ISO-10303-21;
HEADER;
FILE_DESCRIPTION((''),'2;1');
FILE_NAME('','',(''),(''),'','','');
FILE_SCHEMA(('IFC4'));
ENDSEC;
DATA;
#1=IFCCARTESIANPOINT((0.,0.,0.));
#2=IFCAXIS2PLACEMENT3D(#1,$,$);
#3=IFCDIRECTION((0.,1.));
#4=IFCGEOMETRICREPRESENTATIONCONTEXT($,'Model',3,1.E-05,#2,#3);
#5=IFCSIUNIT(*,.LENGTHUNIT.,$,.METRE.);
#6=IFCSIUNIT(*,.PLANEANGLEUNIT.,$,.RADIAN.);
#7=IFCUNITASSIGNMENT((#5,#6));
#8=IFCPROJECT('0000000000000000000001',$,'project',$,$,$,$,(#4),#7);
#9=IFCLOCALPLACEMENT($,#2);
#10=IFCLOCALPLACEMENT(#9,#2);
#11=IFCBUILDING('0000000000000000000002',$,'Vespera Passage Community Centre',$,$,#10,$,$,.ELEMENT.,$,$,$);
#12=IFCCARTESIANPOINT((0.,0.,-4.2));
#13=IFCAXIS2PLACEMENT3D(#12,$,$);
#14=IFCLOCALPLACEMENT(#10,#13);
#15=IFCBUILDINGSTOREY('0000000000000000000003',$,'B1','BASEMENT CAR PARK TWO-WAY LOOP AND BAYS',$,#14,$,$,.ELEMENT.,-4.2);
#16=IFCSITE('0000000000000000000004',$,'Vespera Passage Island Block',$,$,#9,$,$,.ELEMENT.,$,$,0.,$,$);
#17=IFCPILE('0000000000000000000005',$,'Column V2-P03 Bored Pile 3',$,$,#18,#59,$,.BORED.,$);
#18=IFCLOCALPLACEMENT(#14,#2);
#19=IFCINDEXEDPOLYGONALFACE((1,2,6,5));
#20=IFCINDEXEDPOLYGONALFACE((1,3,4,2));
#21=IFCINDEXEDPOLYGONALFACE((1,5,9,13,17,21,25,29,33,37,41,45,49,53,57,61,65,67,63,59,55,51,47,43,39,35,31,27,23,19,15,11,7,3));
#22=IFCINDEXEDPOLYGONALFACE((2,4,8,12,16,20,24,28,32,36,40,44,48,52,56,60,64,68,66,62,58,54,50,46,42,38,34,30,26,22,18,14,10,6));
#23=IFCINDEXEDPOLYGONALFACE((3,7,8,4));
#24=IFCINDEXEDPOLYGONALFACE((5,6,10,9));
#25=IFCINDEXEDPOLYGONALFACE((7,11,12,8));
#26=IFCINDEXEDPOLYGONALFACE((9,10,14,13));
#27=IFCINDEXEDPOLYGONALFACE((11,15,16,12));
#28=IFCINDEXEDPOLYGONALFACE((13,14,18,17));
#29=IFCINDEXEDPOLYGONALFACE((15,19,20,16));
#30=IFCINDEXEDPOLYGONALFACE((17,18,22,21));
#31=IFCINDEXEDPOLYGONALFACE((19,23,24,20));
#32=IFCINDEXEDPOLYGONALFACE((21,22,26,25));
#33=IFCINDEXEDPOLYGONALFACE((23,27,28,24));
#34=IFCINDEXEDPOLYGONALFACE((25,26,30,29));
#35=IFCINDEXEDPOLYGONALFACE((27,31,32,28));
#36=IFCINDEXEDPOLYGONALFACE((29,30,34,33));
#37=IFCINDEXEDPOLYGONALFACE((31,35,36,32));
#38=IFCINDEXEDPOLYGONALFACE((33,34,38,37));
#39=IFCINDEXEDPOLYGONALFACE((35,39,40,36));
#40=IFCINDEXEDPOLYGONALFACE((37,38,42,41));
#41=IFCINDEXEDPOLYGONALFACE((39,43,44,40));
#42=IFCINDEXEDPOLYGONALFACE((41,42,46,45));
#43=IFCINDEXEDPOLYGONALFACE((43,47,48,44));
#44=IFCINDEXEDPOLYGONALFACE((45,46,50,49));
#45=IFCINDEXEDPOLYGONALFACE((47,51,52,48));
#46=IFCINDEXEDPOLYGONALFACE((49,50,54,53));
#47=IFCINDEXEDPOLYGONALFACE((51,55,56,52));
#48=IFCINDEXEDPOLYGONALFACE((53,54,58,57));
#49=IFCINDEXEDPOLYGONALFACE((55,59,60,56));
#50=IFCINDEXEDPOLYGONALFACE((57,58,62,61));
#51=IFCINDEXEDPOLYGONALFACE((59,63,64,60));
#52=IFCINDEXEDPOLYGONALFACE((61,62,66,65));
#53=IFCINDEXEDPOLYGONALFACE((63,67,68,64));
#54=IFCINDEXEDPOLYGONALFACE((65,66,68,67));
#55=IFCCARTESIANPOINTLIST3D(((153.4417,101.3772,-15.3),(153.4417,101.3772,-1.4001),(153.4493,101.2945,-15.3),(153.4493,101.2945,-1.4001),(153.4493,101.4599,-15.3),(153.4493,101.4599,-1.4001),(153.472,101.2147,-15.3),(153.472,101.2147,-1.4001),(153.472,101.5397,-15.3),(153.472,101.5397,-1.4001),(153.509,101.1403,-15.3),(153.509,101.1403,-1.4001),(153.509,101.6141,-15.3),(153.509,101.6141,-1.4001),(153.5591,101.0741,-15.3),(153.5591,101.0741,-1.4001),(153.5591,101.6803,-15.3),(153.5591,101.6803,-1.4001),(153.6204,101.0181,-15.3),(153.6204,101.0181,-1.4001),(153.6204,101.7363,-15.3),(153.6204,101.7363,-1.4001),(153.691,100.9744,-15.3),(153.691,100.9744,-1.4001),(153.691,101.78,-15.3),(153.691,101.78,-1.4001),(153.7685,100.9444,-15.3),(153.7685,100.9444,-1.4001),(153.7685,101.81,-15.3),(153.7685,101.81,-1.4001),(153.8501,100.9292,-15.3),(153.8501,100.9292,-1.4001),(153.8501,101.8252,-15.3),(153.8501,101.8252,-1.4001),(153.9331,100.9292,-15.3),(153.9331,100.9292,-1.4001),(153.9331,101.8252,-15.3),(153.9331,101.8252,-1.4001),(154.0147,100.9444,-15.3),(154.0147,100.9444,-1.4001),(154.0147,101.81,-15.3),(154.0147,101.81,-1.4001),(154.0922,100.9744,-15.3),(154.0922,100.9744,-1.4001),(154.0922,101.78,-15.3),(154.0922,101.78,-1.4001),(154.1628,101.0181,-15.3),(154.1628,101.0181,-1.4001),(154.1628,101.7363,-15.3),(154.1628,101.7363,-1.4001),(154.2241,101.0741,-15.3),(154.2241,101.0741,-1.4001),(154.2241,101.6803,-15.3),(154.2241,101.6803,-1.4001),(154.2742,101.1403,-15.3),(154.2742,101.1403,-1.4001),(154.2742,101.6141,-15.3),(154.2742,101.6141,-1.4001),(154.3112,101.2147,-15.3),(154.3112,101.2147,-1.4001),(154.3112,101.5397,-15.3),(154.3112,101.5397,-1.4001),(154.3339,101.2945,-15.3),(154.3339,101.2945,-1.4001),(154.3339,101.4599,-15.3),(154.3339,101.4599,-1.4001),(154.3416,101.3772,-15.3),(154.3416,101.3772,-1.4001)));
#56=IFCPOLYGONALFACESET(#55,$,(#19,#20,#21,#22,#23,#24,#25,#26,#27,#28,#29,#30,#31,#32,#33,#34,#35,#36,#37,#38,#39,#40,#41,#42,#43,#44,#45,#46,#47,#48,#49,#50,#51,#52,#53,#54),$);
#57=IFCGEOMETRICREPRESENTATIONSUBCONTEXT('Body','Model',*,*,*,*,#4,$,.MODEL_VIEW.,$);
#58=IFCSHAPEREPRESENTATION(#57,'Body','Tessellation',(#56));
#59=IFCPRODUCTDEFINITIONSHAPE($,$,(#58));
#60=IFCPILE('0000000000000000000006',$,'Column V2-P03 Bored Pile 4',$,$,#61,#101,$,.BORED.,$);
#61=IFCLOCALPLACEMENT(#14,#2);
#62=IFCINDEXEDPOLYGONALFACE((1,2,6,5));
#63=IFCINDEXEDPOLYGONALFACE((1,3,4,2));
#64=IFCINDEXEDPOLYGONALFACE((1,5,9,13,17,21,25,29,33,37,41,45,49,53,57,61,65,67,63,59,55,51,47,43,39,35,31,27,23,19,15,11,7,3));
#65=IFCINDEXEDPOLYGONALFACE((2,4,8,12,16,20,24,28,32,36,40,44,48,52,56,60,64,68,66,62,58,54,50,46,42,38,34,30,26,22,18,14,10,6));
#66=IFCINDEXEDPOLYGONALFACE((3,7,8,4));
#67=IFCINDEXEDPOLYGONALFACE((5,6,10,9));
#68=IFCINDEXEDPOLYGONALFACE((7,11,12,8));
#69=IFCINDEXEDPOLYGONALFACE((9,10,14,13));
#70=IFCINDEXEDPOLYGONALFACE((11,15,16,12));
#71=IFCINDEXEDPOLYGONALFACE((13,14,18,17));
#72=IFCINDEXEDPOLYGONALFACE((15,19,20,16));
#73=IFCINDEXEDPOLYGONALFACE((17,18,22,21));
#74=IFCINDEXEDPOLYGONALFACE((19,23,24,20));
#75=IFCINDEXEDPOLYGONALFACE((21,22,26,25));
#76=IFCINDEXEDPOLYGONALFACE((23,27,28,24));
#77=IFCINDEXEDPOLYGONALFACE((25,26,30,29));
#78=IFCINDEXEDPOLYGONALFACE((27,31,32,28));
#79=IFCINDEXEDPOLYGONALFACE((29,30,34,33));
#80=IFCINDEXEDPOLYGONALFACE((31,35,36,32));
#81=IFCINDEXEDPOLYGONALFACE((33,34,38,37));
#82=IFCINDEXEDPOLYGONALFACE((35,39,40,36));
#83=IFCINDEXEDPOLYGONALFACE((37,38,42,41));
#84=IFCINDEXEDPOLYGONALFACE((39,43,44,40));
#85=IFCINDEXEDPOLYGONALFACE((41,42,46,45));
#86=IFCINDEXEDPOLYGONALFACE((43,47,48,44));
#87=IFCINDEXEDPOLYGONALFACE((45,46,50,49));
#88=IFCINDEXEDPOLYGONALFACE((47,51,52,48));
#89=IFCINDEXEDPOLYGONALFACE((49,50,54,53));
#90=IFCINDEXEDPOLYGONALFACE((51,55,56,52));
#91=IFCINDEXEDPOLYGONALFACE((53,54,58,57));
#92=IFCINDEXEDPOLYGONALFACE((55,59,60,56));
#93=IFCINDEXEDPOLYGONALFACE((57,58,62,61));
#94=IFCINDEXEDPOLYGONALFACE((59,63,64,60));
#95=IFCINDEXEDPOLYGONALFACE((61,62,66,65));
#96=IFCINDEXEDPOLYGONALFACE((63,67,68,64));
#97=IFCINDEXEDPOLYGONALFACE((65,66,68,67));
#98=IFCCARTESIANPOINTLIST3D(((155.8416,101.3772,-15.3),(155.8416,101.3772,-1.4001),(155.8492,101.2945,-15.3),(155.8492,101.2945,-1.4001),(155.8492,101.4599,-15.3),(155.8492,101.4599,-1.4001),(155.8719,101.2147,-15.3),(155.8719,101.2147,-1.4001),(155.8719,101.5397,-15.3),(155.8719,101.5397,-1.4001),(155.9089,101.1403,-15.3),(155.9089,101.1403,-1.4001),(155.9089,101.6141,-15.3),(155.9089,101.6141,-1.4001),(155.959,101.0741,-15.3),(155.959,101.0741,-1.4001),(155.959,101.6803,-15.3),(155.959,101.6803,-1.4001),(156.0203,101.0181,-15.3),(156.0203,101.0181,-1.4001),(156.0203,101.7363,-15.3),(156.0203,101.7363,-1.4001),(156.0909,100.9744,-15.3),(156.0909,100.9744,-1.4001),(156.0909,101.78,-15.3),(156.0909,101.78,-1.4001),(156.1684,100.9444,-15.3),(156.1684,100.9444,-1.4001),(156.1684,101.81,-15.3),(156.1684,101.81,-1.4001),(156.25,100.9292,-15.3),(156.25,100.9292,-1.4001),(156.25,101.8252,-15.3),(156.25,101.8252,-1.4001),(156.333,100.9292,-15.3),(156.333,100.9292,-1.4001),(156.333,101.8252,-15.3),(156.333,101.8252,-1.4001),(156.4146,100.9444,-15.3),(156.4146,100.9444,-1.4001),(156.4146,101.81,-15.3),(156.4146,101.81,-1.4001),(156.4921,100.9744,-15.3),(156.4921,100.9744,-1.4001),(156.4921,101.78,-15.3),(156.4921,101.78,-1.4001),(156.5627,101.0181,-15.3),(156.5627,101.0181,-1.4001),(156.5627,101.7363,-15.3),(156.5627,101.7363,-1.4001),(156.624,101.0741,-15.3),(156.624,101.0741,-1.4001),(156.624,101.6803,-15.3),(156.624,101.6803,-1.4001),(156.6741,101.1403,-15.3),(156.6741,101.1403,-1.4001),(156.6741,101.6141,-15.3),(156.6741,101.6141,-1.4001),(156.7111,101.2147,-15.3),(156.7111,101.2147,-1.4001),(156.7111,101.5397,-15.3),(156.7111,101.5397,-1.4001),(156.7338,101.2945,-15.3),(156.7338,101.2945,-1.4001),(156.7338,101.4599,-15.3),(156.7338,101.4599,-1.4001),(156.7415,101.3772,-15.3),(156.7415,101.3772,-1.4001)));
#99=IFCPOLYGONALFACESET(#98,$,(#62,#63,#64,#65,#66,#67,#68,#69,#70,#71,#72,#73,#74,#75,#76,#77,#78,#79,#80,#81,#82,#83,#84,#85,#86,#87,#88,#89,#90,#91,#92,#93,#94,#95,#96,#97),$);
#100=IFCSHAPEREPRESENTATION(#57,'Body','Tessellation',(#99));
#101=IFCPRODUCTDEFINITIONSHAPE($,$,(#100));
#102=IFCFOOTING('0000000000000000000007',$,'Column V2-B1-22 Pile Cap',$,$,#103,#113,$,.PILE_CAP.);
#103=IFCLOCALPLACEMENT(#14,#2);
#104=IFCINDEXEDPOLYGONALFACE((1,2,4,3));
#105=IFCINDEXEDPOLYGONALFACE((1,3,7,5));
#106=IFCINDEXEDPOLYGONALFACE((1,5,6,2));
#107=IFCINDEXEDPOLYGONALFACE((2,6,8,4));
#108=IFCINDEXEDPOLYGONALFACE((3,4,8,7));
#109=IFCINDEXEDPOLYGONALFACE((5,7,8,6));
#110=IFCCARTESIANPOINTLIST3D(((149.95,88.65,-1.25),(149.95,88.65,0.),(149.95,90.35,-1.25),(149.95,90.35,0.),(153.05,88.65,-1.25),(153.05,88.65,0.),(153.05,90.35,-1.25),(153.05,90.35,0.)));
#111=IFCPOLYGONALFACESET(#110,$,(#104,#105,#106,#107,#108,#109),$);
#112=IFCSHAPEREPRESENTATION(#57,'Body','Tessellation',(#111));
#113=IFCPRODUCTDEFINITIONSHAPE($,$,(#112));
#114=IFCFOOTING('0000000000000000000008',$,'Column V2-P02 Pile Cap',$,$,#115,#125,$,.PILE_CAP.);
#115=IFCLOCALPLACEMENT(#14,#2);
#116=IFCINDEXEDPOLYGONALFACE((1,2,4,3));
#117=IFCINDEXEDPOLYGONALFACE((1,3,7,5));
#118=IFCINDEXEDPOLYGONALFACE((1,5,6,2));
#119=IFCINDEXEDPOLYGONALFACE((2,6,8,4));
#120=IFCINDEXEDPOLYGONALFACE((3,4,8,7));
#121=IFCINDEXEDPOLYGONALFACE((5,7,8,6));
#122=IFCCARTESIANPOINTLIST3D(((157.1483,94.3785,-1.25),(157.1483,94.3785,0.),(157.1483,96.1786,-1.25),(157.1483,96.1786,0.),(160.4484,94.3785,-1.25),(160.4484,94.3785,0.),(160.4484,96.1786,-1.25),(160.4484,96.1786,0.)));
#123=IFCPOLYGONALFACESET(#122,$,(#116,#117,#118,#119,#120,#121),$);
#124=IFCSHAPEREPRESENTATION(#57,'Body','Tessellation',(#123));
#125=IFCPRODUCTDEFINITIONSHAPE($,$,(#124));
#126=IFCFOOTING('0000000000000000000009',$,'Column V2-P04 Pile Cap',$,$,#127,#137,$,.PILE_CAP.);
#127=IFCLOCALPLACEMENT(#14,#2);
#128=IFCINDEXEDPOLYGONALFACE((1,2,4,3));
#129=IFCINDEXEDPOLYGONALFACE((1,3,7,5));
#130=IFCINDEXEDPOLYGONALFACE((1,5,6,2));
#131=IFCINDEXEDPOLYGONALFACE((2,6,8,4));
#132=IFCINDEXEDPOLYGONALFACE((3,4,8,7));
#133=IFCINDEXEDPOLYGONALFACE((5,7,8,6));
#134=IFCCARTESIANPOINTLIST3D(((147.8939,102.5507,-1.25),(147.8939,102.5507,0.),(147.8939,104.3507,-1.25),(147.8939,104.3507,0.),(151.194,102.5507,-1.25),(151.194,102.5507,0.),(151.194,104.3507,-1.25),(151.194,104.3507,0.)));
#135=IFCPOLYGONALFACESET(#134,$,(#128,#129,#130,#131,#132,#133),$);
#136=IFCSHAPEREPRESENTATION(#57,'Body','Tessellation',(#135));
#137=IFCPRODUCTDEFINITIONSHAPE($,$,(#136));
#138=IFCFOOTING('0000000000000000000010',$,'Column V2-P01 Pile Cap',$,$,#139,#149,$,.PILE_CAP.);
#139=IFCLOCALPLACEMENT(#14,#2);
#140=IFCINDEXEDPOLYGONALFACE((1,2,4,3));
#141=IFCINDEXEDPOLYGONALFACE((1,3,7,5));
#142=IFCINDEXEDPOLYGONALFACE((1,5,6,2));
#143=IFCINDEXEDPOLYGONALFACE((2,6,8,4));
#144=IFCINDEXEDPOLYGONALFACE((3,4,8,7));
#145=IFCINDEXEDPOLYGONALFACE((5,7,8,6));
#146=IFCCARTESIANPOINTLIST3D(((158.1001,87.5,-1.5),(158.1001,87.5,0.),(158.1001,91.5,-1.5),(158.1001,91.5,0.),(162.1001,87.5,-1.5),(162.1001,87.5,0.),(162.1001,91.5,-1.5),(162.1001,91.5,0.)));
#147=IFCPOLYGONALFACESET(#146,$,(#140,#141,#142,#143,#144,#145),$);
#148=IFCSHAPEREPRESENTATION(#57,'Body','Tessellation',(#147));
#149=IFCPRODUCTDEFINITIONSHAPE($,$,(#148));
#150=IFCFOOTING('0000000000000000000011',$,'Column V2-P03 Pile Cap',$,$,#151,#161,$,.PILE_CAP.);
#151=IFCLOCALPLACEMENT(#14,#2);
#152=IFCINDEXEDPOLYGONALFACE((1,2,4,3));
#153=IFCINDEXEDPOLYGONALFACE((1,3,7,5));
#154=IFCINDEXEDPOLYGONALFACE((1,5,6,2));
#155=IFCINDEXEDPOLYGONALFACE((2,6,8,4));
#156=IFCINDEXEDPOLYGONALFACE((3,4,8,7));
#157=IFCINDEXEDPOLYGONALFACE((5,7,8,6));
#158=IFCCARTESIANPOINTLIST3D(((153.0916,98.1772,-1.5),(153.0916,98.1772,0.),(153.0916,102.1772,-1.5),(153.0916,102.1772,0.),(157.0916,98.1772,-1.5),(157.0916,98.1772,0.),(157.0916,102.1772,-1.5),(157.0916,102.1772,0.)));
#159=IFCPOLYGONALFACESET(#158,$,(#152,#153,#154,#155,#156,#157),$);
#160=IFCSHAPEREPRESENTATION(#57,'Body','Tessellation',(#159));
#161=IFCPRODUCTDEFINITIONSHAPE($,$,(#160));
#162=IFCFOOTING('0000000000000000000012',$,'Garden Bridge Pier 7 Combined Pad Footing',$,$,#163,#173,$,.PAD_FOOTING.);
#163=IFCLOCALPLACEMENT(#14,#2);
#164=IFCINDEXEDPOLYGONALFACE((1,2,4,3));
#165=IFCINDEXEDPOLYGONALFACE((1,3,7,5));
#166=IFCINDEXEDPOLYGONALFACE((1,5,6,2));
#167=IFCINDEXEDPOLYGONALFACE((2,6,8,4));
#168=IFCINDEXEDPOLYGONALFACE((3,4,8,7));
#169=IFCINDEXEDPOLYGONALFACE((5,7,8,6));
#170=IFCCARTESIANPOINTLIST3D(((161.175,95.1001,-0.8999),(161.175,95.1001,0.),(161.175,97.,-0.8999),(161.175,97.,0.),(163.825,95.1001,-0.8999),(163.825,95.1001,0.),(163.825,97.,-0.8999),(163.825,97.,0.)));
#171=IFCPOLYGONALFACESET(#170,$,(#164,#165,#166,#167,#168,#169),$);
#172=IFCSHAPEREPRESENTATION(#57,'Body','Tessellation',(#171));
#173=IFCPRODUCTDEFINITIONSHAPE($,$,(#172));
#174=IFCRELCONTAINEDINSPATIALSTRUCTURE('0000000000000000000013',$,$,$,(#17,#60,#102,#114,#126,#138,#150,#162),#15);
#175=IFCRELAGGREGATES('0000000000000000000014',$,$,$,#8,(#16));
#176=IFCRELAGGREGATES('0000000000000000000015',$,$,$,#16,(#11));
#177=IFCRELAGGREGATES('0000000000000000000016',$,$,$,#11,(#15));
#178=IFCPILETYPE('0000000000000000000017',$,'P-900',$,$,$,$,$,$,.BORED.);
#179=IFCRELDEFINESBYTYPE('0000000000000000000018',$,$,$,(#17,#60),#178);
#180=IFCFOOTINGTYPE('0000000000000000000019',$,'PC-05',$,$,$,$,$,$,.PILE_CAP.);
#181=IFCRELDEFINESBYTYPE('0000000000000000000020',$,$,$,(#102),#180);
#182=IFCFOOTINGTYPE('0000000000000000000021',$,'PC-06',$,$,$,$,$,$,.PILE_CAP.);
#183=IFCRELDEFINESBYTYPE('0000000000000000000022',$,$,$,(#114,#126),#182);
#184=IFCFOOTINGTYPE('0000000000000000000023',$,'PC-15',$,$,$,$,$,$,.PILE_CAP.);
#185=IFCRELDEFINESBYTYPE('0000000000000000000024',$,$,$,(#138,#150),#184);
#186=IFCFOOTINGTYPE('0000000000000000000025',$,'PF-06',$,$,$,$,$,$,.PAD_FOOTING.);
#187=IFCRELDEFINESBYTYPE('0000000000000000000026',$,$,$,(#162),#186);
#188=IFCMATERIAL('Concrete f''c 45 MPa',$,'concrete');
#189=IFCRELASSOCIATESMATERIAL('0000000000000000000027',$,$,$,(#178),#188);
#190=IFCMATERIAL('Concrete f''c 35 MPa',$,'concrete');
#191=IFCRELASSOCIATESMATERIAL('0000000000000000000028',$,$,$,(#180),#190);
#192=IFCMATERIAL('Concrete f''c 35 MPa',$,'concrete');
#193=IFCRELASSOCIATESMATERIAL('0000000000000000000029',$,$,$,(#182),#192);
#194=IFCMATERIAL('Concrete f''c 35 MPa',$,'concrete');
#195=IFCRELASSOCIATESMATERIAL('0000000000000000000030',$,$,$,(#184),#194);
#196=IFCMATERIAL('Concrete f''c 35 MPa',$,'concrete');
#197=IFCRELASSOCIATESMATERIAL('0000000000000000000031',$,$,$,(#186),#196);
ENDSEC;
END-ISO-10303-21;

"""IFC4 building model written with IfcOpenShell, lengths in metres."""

from ifc_helpers import new_model, si_unit, direction, frame, origin, origin_2d, place, context, subcontext, project, spatial, rectangle, circle, extrude, material, material_profile, profile_set, type_object, element, save


model = new_model("IFC4")

# Units and contexts
model_context = context("Model", 3, precision=1e-05, world=origin(), true_north=direction((0.0, 1.0)))
body_context = subcontext(model_context, "Body", "Model", "MODEL_VIEW")
ifc_project = project(units=[si_unit("LENGTHUNIT", "METRE"), si_unit("PLANEANGLEUNIT", "RADIAN")], contexts=[model_context])

# Site, building, storey
site_placement = place(None, origin())
site = spatial("IfcSite", under=ifc_project, at=site_placement, Name="Vespera Passage Island Block", CompositionType="ELEMENT", RefElevation=0.0)
building_placement = place(site_placement, origin())
building = spatial("IfcBuilding", under=site, at=building_placement, Name="Vespera Passage Community Centre", CompositionType="ELEMENT")
storey_placement = place(building_placement, frame((0.0, 0.0, -4.2)))
storey = spatial("IfcBuildingStorey", under=building, at=storey_placement, Name="B1", Description="BASEMENT CAR PARK TWO-WAY LOOP AND BAYS", CompositionType="ELEMENT", Elevation=-4.2)

# Piles
ifc_material_1 = material(Name="Concrete f'c 45 MPa", Category="concrete")
ifc_material_profile_1 = material_profile(ifc_material_1, circle(Radius=0.45, at=origin_2d()), Name="PILE900DIA")
ifc_profile_set_1 = profile_set([ifc_material_profile_1], Name="Concrete f'c 45 MPa")
pile_type_1 = type_object("IfcPileType", Name="P-900", PredefinedType="BORED", material=ifc_profile_set_1)
for number, where, z_axis, x_axis, name in (
    (1, (153.8916, 101.3772, -1.4001), (0.0, 0.0, -1.0), (1.0, 0.0, 0.0), "Column V2-P03 Bored Pile 3"),
    (2, (156.2915, 101.3772, -1.4001), (0.0, 0.0, -1.0), (1.0, 0.0, 0.0), "Column V2-P03 Bored Pile 4"),
):
    element("IfcPile", number, at=place(storey_placement, frame(where, z_axis=z_axis, x_axis=x_axis)), inside=storey, type_object=pile_type_1, Name=name, PredefinedType="BORED", context=body_context, shape_type="SweptSolid", body=[
        extrude(circle(Radius=0.45, at=origin_2d()), origin(), (0.0, 0.0, 1.0), 13.8999),
    ])

# Footings
ifc_material_2 = material(Name="Concrete f'c 35 MPa", Category="concrete")
footing_type_1 = type_object("IfcFootingType", Name="PC-05", PredefinedType="PILE_CAP", material=ifc_material_2)
footing_1_placement = place(storey_placement, frame((151.5, 89.5, -1.25), z_axis=(0.0, 0.0, 1.0), x_axis=(1.0, 0.0, 0.0)))
element("IfcFooting", 3, at=footing_1_placement, inside=storey, type_object=footing_type_1, Name="Column V2-B1-22 Pile Cap", PredefinedType="PILE_CAP", context=body_context, shape_type="SweptSolid", body=[
    extrude(rectangle(XDim=3.1001, YDim=1.7, at=origin_2d()), origin(), (0.0, 0.0, 1.0), 1.25),
])
ifc_material_3 = material(Name="Concrete f'c 35 MPa", Category="concrete")
footing_type_2 = type_object("IfcFootingType", Name="PC-06", PredefinedType="PILE_CAP", material=ifc_material_3)
for number, where, z_axis, x_axis, name in (
    (4, (158.7983, 95.2786, -1.25), (0.0, 0.0, 1.0), (1.0, 0.0, 0.0), "Column V2-P02 Pile Cap"),
    (5, (149.5439, 103.4507, -1.25), (0.0, 0.0, 1.0), (1.0, 0.0, 0.0), "Column V2-P04 Pile Cap"),
):
    element("IfcFooting", number, at=place(storey_placement, frame(where, z_axis=z_axis, x_axis=x_axis)), inside=storey, type_object=footing_type_2, Name=name, PredefinedType="PILE_CAP", context=body_context, shape_type="SweptSolid", body=[
        extrude(rectangle(XDim=3.3, YDim=1.8, at=origin_2d()), origin(), (0.0, 0.0, 1.0), 1.25),
    ])
ifc_material_4 = material(Name="Concrete f'c 35 MPa", Category="concrete")
footing_type_3 = type_object("IfcFootingType", Name="PC-15", PredefinedType="PILE_CAP", material=ifc_material_4)
for number, where, z_axis, x_axis, name in (
    (6, (160.1001, 89.5, -1.5), (0.0, 0.0, 1.0), (1.0, 0.0, 0.0), "Column V2-P01 Pile Cap"),
    (7, (155.0916, 100.1772, -1.5), (0.0, 0.0, 1.0), (1.0, 0.0, 0.0), "Column V2-P03 Pile Cap"),
):
    element("IfcFooting", number, at=place(storey_placement, frame(where, z_axis=z_axis, x_axis=x_axis)), inside=storey, type_object=footing_type_3, Name=name, PredefinedType="PILE_CAP", context=body_context, shape_type="SweptSolid", body=[
        extrude(rectangle(XDim=4.0, YDim=4.0, at=origin_2d()), origin(), (0.0, 0.0, 1.0), 1.5),
    ])
ifc_material_5 = material(Name="Concrete f'c 35 MPa", Category="concrete")
footing_type_4 = type_object("IfcFootingType", Name="PF-06", PredefinedType="PAD_FOOTING", material=ifc_material_5)
footing_2_placement = place(storey_placement, frame((162.5, 96.05, -0.8999), z_axis=(0.0, 0.0, 1.0), x_axis=(1.0, 0.0, 0.0)))
element("IfcFooting", 8, at=footing_2_placement, inside=storey, type_object=footing_type_4, Name="Garden Bridge Pier 7 Combined Pad Footing", PredefinedType="PAD_FOOTING", context=body_context, shape_type="SweptSolid", body=[
    extrude(rectangle(XDim=2.6499, YDim=1.8999, at=origin_2d()), origin(), (0.0, 0.0, 1.0), 0.8999),
])

save(model, "model.ifc")
